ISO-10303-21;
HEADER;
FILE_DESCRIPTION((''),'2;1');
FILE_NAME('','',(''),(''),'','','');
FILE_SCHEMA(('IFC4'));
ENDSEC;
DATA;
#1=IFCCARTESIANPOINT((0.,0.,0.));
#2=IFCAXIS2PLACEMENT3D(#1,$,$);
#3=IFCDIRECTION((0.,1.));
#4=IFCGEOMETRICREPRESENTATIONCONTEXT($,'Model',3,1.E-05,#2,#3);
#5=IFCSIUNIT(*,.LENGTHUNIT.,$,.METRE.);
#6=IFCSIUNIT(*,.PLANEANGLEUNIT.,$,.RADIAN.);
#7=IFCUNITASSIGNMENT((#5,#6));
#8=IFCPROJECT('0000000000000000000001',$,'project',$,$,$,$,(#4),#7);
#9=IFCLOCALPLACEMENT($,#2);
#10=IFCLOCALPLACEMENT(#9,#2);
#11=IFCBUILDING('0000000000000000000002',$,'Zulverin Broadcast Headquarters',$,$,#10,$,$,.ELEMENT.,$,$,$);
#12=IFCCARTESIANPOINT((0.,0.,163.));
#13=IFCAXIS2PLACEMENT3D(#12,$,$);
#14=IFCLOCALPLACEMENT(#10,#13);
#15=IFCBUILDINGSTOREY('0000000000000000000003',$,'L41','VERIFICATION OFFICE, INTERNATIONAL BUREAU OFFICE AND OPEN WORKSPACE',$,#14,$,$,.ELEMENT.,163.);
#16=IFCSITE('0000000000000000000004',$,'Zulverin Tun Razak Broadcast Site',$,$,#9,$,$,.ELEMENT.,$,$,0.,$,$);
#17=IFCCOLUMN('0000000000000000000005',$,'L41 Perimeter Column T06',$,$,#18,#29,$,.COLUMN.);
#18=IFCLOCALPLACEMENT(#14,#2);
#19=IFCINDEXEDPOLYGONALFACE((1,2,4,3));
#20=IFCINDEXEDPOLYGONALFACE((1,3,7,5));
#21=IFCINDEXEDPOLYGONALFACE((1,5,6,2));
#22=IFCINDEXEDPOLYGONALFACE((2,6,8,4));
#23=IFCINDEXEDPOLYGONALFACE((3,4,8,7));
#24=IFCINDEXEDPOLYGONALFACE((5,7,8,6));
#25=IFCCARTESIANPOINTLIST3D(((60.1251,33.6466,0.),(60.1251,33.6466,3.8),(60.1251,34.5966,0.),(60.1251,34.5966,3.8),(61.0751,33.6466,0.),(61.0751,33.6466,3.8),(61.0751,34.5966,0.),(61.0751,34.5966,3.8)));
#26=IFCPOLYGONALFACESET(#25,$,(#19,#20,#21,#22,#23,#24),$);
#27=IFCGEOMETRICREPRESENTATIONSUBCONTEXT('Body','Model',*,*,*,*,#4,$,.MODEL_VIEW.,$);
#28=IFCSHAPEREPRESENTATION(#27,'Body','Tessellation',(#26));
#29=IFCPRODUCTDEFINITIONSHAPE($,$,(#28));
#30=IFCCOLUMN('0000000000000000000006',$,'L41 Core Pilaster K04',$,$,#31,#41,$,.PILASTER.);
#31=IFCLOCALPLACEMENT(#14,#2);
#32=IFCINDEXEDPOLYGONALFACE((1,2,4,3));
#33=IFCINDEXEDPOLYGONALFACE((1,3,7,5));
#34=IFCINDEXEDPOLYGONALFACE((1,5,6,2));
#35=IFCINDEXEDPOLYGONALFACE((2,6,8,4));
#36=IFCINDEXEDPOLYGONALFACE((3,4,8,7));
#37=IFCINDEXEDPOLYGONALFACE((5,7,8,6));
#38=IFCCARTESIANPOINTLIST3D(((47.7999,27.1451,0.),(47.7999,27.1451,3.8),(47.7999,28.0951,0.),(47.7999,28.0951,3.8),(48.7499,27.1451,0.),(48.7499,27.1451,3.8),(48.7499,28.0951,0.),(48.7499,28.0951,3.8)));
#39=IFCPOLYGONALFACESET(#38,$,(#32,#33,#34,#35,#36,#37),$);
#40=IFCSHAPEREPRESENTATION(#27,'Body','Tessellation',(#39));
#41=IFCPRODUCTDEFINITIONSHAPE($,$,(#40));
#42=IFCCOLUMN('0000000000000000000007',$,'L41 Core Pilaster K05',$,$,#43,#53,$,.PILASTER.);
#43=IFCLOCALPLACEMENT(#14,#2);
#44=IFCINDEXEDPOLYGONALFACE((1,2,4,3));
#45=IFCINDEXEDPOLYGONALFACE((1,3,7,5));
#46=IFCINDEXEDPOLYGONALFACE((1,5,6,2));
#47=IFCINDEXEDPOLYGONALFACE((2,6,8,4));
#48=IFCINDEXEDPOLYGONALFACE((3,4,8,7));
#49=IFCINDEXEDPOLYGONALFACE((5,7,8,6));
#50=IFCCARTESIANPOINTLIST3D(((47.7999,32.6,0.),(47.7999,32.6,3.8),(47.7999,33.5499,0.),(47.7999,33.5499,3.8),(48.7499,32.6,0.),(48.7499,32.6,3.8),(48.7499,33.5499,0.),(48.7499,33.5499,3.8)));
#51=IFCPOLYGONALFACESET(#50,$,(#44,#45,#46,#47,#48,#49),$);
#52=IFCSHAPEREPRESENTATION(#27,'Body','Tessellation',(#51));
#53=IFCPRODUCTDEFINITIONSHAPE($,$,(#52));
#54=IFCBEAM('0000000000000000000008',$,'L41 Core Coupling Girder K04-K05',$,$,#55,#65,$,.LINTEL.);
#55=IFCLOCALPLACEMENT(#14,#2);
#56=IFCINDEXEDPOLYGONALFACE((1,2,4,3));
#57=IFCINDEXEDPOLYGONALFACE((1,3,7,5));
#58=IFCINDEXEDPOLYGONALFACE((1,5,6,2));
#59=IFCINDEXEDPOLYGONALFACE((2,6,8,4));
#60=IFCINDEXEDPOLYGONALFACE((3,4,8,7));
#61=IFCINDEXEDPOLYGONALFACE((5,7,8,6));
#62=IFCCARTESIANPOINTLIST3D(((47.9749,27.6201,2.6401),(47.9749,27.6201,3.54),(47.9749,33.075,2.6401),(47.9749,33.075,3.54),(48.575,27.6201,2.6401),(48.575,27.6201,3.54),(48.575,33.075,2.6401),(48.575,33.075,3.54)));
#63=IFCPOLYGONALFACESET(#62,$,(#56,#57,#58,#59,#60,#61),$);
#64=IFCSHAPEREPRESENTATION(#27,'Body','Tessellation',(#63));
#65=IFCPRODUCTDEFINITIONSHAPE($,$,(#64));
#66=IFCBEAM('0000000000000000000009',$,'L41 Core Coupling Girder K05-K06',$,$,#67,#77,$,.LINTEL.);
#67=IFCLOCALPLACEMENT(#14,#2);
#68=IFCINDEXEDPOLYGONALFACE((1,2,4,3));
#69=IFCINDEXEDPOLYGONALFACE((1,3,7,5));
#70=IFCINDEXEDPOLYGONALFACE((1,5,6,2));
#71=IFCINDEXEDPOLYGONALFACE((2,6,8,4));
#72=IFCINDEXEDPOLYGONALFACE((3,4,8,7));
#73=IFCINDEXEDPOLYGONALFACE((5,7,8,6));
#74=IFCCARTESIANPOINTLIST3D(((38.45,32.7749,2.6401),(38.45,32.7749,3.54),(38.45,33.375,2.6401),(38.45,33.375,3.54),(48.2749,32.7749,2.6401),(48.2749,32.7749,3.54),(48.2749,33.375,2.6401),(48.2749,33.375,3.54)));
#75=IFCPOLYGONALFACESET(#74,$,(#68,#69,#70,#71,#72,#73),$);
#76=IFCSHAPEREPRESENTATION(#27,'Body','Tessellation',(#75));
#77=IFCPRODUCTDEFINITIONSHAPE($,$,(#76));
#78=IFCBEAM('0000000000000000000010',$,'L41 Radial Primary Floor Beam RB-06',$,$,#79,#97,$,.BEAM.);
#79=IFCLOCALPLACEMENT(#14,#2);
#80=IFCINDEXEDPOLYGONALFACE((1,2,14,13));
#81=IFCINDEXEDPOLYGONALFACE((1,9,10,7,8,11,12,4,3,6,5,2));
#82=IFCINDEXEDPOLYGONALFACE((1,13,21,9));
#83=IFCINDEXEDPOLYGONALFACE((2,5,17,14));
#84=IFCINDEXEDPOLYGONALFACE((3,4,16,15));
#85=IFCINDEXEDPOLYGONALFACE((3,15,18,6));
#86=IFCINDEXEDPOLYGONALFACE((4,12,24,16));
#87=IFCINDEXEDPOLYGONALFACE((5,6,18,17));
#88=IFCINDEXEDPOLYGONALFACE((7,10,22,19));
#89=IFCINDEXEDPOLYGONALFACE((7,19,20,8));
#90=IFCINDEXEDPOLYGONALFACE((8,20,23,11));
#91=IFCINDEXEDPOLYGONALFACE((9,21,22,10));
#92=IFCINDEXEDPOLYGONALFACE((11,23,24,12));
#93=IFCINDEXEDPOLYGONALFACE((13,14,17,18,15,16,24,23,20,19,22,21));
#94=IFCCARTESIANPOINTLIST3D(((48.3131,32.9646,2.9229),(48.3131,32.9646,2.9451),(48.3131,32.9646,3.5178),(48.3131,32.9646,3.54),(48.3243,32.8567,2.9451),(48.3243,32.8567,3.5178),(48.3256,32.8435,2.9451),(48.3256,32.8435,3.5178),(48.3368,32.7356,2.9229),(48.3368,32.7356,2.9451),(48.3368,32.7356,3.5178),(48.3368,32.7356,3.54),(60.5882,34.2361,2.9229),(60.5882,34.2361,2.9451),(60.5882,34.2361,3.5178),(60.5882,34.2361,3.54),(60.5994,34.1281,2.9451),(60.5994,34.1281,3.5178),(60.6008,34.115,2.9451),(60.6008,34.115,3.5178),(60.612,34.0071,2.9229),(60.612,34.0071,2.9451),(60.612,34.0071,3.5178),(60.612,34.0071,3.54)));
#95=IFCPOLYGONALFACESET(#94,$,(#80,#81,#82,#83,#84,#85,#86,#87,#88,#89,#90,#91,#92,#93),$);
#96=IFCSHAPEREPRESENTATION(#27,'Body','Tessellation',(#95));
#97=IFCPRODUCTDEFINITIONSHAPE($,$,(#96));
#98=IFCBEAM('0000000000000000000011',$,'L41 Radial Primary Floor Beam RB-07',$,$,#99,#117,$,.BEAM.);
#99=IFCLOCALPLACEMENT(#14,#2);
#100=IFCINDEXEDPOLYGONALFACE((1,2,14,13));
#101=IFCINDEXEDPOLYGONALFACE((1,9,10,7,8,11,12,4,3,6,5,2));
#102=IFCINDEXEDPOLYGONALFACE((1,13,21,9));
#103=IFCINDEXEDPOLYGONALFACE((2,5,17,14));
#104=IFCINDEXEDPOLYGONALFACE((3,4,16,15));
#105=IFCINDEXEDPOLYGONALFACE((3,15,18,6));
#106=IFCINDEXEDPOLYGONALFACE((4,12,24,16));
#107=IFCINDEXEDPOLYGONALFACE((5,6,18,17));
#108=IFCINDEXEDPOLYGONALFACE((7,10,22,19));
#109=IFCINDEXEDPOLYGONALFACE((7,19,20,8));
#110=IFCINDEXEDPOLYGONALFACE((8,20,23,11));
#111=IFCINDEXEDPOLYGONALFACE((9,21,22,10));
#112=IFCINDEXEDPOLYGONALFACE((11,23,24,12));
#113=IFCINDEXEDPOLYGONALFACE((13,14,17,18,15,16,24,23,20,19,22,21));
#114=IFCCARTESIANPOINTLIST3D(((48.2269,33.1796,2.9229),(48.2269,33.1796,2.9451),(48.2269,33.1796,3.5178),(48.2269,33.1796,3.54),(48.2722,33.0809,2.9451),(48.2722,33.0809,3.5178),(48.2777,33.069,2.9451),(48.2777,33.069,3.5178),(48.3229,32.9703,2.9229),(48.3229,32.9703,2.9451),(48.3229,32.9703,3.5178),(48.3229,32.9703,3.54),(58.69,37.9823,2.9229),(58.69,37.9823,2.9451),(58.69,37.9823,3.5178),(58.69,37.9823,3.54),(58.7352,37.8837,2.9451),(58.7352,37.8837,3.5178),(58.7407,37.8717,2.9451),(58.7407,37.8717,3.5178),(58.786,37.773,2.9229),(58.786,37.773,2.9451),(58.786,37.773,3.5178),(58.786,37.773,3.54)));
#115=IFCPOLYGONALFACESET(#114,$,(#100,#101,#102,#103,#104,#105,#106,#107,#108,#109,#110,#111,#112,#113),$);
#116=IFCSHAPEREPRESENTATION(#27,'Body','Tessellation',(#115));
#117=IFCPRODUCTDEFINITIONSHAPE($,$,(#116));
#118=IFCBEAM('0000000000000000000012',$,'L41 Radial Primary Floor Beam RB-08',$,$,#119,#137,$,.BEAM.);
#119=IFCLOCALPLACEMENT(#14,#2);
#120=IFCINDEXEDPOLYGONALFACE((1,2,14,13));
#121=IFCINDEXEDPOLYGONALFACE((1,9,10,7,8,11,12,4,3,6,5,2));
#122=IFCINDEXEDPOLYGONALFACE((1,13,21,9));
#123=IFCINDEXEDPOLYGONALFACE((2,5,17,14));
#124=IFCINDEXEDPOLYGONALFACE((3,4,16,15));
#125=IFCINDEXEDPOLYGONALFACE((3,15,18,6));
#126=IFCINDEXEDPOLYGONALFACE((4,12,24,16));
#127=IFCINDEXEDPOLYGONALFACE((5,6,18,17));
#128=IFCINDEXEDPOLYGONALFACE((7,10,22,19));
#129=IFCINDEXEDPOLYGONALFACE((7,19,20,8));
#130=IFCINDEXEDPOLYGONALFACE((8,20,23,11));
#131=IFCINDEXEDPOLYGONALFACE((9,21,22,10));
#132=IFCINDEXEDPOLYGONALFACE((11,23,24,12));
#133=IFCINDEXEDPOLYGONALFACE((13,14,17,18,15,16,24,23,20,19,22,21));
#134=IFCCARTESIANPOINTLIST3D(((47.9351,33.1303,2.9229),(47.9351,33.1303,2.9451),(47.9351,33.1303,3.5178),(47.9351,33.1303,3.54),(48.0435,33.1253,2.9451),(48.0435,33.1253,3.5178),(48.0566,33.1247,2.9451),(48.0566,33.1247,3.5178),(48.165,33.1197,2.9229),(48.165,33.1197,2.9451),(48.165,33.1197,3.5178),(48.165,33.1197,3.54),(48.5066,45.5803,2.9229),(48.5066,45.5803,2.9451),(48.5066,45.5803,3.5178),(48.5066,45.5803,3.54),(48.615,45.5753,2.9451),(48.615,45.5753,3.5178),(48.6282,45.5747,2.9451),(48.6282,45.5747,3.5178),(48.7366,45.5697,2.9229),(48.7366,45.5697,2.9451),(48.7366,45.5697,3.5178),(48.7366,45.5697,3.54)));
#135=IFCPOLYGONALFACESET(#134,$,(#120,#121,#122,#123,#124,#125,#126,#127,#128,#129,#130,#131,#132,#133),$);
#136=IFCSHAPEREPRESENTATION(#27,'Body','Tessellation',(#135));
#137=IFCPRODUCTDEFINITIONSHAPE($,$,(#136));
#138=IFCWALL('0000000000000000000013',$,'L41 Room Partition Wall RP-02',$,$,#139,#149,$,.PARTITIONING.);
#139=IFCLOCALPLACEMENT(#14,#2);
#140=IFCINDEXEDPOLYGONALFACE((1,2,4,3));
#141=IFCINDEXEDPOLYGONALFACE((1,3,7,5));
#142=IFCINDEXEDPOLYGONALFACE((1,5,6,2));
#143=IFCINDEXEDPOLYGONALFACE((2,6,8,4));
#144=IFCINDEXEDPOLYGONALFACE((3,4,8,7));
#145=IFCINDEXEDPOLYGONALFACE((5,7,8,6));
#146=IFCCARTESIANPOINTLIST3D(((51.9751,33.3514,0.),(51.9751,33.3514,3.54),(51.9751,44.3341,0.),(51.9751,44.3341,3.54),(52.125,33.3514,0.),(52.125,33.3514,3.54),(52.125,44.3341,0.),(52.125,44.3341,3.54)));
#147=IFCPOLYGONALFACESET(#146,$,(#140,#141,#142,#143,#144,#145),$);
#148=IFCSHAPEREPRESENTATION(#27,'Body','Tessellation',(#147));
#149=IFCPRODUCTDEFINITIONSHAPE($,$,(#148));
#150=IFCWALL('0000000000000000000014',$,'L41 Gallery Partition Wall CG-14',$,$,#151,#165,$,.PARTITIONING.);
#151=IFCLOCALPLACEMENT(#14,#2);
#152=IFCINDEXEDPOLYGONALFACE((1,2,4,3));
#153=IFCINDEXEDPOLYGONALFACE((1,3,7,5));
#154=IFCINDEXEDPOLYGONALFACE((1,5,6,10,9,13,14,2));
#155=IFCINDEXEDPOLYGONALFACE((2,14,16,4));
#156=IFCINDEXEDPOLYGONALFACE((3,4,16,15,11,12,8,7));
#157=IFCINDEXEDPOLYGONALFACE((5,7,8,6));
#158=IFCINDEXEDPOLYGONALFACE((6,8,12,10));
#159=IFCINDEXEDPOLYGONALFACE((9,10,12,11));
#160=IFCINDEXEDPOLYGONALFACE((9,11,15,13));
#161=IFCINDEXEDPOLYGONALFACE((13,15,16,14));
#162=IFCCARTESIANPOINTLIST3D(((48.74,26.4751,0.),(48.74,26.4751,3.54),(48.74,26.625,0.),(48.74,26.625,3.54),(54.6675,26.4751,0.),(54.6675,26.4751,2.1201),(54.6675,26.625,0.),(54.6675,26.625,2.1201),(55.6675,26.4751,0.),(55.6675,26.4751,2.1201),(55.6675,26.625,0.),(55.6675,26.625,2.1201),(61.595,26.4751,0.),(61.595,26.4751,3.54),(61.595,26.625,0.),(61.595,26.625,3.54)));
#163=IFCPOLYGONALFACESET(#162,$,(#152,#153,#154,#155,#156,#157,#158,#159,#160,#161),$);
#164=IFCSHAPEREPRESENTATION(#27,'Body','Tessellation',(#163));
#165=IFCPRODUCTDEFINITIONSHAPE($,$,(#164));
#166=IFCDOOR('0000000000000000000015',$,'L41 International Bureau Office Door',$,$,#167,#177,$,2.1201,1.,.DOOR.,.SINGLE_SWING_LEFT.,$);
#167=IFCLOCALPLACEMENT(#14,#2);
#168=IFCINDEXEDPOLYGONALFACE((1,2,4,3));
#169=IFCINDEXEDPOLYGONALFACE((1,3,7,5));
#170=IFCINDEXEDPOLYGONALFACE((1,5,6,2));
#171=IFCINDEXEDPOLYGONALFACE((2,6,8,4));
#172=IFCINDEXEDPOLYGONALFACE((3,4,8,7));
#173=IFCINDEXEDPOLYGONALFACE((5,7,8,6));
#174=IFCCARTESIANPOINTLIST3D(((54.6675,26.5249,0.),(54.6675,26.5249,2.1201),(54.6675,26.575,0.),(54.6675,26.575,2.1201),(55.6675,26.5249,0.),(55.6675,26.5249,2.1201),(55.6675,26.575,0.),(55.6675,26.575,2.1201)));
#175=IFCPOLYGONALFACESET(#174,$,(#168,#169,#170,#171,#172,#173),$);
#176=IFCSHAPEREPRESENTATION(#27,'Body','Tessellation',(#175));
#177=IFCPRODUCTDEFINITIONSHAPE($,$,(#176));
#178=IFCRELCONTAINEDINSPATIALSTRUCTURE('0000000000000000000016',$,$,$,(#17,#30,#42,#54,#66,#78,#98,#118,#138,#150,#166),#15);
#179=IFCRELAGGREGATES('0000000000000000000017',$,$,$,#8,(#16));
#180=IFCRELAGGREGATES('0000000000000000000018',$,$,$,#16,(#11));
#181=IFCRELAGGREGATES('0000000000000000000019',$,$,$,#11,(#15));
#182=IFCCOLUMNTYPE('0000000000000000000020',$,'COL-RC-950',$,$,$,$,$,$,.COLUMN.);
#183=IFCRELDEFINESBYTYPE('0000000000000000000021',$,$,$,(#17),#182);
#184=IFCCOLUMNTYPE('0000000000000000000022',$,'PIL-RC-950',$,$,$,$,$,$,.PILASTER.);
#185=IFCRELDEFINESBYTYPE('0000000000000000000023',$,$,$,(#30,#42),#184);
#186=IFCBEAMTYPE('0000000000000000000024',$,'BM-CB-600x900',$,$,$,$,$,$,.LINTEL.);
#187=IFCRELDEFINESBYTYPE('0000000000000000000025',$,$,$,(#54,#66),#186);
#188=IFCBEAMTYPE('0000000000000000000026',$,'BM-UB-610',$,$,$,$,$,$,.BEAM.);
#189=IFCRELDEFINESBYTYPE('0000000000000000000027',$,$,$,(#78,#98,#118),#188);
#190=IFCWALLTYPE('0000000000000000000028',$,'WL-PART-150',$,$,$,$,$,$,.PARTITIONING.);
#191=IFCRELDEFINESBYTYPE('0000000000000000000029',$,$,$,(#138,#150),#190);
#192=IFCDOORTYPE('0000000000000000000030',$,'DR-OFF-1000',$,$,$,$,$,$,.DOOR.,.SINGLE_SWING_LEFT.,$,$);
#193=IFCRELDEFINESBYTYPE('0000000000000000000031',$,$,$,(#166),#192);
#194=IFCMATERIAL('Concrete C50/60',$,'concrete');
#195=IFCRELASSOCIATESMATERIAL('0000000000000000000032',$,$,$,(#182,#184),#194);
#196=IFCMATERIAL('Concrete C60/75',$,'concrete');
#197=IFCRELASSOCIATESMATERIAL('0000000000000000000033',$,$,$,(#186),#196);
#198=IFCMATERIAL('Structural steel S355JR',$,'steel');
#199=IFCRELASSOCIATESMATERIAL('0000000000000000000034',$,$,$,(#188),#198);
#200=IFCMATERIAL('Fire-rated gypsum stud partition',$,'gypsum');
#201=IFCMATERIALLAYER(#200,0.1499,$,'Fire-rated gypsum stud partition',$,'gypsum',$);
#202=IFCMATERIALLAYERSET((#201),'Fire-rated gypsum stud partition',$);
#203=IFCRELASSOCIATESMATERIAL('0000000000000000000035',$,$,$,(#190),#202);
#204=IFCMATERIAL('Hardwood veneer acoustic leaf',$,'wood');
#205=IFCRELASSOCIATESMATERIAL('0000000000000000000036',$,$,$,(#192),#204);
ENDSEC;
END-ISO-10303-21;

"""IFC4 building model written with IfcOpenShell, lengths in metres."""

from ifc_helpers import new_model, si_unit, direction, frame, frame_2d, origin, origin_2d, place, context, subcontext, project, spatial, rectangle, i_section, extrude, material, layer, layer_set, material_profile, profile_set, type_object, element, fill, save


model = new_model("IFC4")

# Units and contexts
model_context = context("Model", 3, precision=1e-05, world=origin(), true_north=direction((0.0, 1.0)))
body_context = subcontext(model_context, "Body", "Model", "MODEL_VIEW")
ifc_project = project(units=[si_unit("LENGTHUNIT", "METRE"), si_unit("PLANEANGLEUNIT", "RADIAN")], contexts=[model_context])

# Site, building, storey
site_placement = place(None, origin())
site = spatial("IfcSite", under=ifc_project, at=site_placement, Name="Zulverin Tun Razak Broadcast Site", CompositionType="ELEMENT", RefElevation=0.0)
building_placement = place(site_placement, origin())
building = spatial("IfcBuilding", under=site, at=building_placement, Name="Zulverin Broadcast Headquarters", CompositionType="ELEMENT")
storey_placement = place(building_placement, frame((0.0, 0.0, 163.0)))
storey = spatial("IfcBuildingStorey", under=building, at=storey_placement, Name="L41", Description="VERIFICATION OFFICE, INTERNATIONAL BUREAU OFFICE AND OPEN WORKSPACE", CompositionType="ELEMENT", Elevation=163.0)

# Columns
ifc_material_1 = material(Name="Concrete C50/60", Category="concrete")
ifc_material_profile_1 = material_profile(ifc_material_1, rectangle(XDim=0.95, YDim=0.95, at=origin_2d()), Name="Concrete C50/60", Category="concrete")
ifc_profile_set_1 = profile_set([ifc_material_profile_1], Name="Concrete C50/60")
column_type_1 = type_object("IfcColumnType", Name="COL-RC-950", PredefinedType="COLUMN", material=ifc_profile_set_1)
column_placement = place(storey_placement, frame((60.6001, 34.1216, 0.0), z_axis=(0.0, 0.0, 1.0), x_axis=(1.0, 0.0, 0.0)))
element("IfcColumn", 1, at=column_placement, inside=storey, type_object=column_type_1, Name="L41 Perimeter Column T06", PredefinedType="COLUMN", context=body_context, shape_type="SweptSolid", body=[
    extrude(rectangle(XDim=0.95, YDim=0.95, at=origin_2d()), origin(), (0.0, 0.0, 1.0), 3.8),
])
ifc_material_profile_2 = material_profile(ifc_material_1, rectangle(XDim=0.95, YDim=0.95, at=origin_2d()), Name="Concrete C50/60", Category="concrete")
ifc_profile_set_2 = profile_set([ifc_material_profile_2], Name="Concrete C50/60")
column_type_2 = type_object("IfcColumnType", Name="PIL-RC-950", PredefinedType="PILASTER", material=ifc_profile_set_2)
for number, where, z_axis, x_axis, name in (
    (2, (48.2749, 27.6201, 0.0), (0.0, 0.0, 1.0), (1.0, 0.0, 0.0), "L41 Core Pilaster K04"),
    (3, (48.2749, 33.075, 0.0), (0.0, 0.0, 1.0), (1.0, 0.0, 0.0), "L41 Core Pilaster K05"),
):
    element("IfcColumn", number, at=place(storey_placement, frame(where, z_axis=z_axis, x_axis=x_axis)), inside=storey, type_object=column_type_2, Name=name, PredefinedType="PILASTER", context=body_context, shape_type="SweptSolid", body=[
        extrude(rectangle(XDim=0.95, YDim=0.95, at=origin_2d()), origin(), (0.0, 0.0, 1.0), 3.8),
    ])

# Beams
ifc_material_2 = material(Name="Concrete C60/75", Category="concrete")
ifc_material_profile_3 = material_profile(ifc_material_2, rectangle(XDim=0.6001, YDim=0.8999, at=origin_2d()), Name="Concrete C60/75", Category="concrete")
ifc_profile_set_3 = profile_set([ifc_material_profile_3], Name="Concrete C60/75")
beam_type_1 = type_object("IfcBeamType", Name="BM-CB-600x900", PredefinedType="LINTEL", material=ifc_profile_set_3)
beam_1_placement = place(storey_placement, frame((48.2749, 27.6201, 3.0901), z_axis=(0.0, 1.0, 0.0), x_axis=(-1.0, 0.0, 0.0)))
element("IfcBeam", 4, at=beam_1_placement, inside=storey, type_object=beam_type_1, Name="L41 Core Coupling Girder K04-K05", PredefinedType="LINTEL", context=body_context, shape_type="SweptSolid", body=[
    extrude(rectangle(XDim=0.6001, YDim=0.8999, at=origin_2d()), origin(), (0.0, 0.0, 1.0), 5.4548),
])
beam_2_placement = place(storey_placement, frame((48.2749, 33.075, 3.0901), z_axis=(-1.0, 0.0, 0.0), x_axis=(0.0, -1.0, 0.0)))
element("IfcBeam", 5, at=beam_2_placement, inside=storey, type_object=beam_type_1, Name="L41 Core Coupling Girder K05-K06", PredefinedType="LINTEL", context=body_context, shape_type="SweptSolid", body=[
    extrude(rectangle(XDim=0.6001, YDim=0.8999, at=origin_2d()), origin(), (0.0, 0.0, 1.0), 9.825),
])
ifc_material_3 = material(Name="Structural steel S355JR", Category="steel")
ifc_material_profile_4 = material_profile(ifc_material_3, i_section(OverallWidth=0.2302, OverallDepth=0.6172, WebThickness=0.0132, FlangeThickness=0.0222, at=origin_2d()), Name="Structural steel S355JR", Category="steel")
ifc_profile_set_4 = profile_set([ifc_material_profile_4], Name="Structural steel S355JR")
beam_type_2 = type_object("IfcBeamType", Name="BM-UB-610", PredefinedType="BEAM", material=ifc_profile_set_4)
beam_3_placement = place(storey_placement, frame((48.325, 32.8501, 3.2314), z_axis=(0.994678, 0.103031, 0.0), x_axis=(-0.103031, 0.994678, 0.0)))
element("IfcBeam", 6, at=beam_3_placement, inside=storey, type_object=beam_type_2, Name="L41 Radial Primary Floor Beam RB-06", PredefinedType="BEAM", context=body_context, shape_type="SweptSolid", body=[
    extrude(i_section(OverallWidth=0.2302, OverallDepth=0.6172, WebThickness=0.0132, FlangeThickness=0.0222, at=origin_2d()), origin(), (0.0, 0.0, 1.0), 12.3408),
])
beam_4_placement = place(storey_placement, frame((48.2749, 33.075, 3.2314), z_axis=(0.90883, 0.417167, 0.0), x_axis=(-0.417167, 0.90883, 0.0)))
element("IfcBeam", 7, at=beam_4_placement, inside=storey, type_object=beam_type_2, Name="L41 Radial Primary Floor Beam RB-07", PredefinedType="BEAM", context=body_context, shape_type="SweptSolid", body=[
    extrude(i_section(OverallWidth=0.2302, OverallDepth=0.6172, WebThickness=0.0132, FlangeThickness=0.0222, at=origin_2d()), origin(), (0.0, 0.0, 1.0), 11.5127),
])
beam_5_placement = place(storey_placement, frame((48.05, 33.125, 3.2314), z_axis=(0.045858, 0.998948, 0.0), x_axis=(-0.998948, 0.045858, 0.0)))
element("IfcBeam", 8, at=beam_5_placement, inside=storey, type_object=beam_type_2, Name="L41 Radial Primary Floor Beam RB-08", PredefinedType="BEAM", context=body_context, shape_type="SweptSolid", body=[
    extrude(i_section(OverallWidth=0.2302, OverallDepth=0.6172, WebThickness=0.0132, FlangeThickness=0.0222, at=origin_2d()), origin(), (0.0, 0.0, 1.0), 12.4631),
])

# Wall
ifc_material_4 = material(Name="Fire-rated gypsum stud partition", Category="gypsum")
ifc_layer_1 = layer(ifc_material_4, 0.1499, Name="Fire-rated gypsum stud partition", Category="gypsum")
ifc_layer_set_1 = layer_set([ifc_layer_1], Name="Fire-rated gypsum stud partition")
wall_type_1 = type_object("IfcWallType", Name="WL-PART-150", PredefinedType="PARTITIONING", material=ifc_layer_set_1)
wall_1_placement = place(storey_placement, frame((52.05, 33.3516, 0.0), z_axis=(0.0, 0.0, 1.0), x_axis=(0.0, 1.0, 0.0)))
element("IfcWall", 9, at=wall_1_placement, inside=storey, type_object=wall_type_1, Name="L41 Room Partition Wall RP-02", PredefinedType="PARTITIONING", context=body_context, shape_type="SweptSolid", body=[
    extrude(rectangle(XDim=10.9827, YDim=0.1499, at=frame_2d((5.4912, 0.0))), origin(), (0.0, 0.0, 1.0), 3.54),
])

# Wall, opening, door
wall_2_placement = place(storey_placement, frame((48.74, 26.55, 0.0), z_axis=(0.0, 0.0, 1.0), x_axis=(1.0, 0.0, 0.0)))
wall_2 = element("IfcWall", 10, at=wall_2_placement, inside=storey, type_object=wall_type_1, Name="L41 Gallery Partition Wall CG-14", PredefinedType="PARTITIONING", context=body_context, shape_type="SweptSolid", body=[
    extrude(rectangle(XDim=12.855, YDim=0.1499, at=frame_2d((6.4275, 0.0))), origin(), (0.0, 0.0, 1.0), 3.54),
])
opening_placement = place(wall_2_placement, frame((5.9275, 0.0, 0.0)))
opening = element("IfcOpeningElement", 11, at=opening_placement, cuts=wall_2, PredefinedType="OPENING", context=body_context, shape_type="SweptSolid", body=[
    extrude(rectangle(XDim=1.0, YDim=2.1201, at=frame_2d((0.5, 1.0601))), frame((0.0, 0.085, 0.0), z_axis=(0.0, -1.0, 0.0), x_axis=(1.0, 0.0, 0.0)), (0.0, 0.0, 1.0), 0.1699),
])
ifc_material_5 = material(Name="Hardwood veneer acoustic leaf", Category="wood")
door_type = type_object("IfcDoorType", Name="DR-OFF-1000", OperationType="SINGLE_SWING_LEFT", PredefinedType="DOOR", material=ifc_material_5)
door_placement = place(opening_placement, origin())
door = element("IfcDoor", 12, at=door_placement, inside=storey, type_object=door_type, Name="L41 International Bureau Office Door", OperationType="SINGLE_SWING_LEFT", OverallHeight=2.1201, OverallWidth=1.0, PredefinedType="DOOR", context=body_context, shape_type="SweptSolid", body=[
    extrude(rectangle(XDim=1.0, YDim=2.1201, at=frame_2d((0.5, 1.0601))), frame((0.0, 0.0249, 0.0), z_axis=(0.0, -1.0, 0.0), x_axis=(1.0, 0.0, 0.0)), (0.0, 0.0, 1.0), 0.05),
])
fill(opening, door)

save(model, "model.ifc")
